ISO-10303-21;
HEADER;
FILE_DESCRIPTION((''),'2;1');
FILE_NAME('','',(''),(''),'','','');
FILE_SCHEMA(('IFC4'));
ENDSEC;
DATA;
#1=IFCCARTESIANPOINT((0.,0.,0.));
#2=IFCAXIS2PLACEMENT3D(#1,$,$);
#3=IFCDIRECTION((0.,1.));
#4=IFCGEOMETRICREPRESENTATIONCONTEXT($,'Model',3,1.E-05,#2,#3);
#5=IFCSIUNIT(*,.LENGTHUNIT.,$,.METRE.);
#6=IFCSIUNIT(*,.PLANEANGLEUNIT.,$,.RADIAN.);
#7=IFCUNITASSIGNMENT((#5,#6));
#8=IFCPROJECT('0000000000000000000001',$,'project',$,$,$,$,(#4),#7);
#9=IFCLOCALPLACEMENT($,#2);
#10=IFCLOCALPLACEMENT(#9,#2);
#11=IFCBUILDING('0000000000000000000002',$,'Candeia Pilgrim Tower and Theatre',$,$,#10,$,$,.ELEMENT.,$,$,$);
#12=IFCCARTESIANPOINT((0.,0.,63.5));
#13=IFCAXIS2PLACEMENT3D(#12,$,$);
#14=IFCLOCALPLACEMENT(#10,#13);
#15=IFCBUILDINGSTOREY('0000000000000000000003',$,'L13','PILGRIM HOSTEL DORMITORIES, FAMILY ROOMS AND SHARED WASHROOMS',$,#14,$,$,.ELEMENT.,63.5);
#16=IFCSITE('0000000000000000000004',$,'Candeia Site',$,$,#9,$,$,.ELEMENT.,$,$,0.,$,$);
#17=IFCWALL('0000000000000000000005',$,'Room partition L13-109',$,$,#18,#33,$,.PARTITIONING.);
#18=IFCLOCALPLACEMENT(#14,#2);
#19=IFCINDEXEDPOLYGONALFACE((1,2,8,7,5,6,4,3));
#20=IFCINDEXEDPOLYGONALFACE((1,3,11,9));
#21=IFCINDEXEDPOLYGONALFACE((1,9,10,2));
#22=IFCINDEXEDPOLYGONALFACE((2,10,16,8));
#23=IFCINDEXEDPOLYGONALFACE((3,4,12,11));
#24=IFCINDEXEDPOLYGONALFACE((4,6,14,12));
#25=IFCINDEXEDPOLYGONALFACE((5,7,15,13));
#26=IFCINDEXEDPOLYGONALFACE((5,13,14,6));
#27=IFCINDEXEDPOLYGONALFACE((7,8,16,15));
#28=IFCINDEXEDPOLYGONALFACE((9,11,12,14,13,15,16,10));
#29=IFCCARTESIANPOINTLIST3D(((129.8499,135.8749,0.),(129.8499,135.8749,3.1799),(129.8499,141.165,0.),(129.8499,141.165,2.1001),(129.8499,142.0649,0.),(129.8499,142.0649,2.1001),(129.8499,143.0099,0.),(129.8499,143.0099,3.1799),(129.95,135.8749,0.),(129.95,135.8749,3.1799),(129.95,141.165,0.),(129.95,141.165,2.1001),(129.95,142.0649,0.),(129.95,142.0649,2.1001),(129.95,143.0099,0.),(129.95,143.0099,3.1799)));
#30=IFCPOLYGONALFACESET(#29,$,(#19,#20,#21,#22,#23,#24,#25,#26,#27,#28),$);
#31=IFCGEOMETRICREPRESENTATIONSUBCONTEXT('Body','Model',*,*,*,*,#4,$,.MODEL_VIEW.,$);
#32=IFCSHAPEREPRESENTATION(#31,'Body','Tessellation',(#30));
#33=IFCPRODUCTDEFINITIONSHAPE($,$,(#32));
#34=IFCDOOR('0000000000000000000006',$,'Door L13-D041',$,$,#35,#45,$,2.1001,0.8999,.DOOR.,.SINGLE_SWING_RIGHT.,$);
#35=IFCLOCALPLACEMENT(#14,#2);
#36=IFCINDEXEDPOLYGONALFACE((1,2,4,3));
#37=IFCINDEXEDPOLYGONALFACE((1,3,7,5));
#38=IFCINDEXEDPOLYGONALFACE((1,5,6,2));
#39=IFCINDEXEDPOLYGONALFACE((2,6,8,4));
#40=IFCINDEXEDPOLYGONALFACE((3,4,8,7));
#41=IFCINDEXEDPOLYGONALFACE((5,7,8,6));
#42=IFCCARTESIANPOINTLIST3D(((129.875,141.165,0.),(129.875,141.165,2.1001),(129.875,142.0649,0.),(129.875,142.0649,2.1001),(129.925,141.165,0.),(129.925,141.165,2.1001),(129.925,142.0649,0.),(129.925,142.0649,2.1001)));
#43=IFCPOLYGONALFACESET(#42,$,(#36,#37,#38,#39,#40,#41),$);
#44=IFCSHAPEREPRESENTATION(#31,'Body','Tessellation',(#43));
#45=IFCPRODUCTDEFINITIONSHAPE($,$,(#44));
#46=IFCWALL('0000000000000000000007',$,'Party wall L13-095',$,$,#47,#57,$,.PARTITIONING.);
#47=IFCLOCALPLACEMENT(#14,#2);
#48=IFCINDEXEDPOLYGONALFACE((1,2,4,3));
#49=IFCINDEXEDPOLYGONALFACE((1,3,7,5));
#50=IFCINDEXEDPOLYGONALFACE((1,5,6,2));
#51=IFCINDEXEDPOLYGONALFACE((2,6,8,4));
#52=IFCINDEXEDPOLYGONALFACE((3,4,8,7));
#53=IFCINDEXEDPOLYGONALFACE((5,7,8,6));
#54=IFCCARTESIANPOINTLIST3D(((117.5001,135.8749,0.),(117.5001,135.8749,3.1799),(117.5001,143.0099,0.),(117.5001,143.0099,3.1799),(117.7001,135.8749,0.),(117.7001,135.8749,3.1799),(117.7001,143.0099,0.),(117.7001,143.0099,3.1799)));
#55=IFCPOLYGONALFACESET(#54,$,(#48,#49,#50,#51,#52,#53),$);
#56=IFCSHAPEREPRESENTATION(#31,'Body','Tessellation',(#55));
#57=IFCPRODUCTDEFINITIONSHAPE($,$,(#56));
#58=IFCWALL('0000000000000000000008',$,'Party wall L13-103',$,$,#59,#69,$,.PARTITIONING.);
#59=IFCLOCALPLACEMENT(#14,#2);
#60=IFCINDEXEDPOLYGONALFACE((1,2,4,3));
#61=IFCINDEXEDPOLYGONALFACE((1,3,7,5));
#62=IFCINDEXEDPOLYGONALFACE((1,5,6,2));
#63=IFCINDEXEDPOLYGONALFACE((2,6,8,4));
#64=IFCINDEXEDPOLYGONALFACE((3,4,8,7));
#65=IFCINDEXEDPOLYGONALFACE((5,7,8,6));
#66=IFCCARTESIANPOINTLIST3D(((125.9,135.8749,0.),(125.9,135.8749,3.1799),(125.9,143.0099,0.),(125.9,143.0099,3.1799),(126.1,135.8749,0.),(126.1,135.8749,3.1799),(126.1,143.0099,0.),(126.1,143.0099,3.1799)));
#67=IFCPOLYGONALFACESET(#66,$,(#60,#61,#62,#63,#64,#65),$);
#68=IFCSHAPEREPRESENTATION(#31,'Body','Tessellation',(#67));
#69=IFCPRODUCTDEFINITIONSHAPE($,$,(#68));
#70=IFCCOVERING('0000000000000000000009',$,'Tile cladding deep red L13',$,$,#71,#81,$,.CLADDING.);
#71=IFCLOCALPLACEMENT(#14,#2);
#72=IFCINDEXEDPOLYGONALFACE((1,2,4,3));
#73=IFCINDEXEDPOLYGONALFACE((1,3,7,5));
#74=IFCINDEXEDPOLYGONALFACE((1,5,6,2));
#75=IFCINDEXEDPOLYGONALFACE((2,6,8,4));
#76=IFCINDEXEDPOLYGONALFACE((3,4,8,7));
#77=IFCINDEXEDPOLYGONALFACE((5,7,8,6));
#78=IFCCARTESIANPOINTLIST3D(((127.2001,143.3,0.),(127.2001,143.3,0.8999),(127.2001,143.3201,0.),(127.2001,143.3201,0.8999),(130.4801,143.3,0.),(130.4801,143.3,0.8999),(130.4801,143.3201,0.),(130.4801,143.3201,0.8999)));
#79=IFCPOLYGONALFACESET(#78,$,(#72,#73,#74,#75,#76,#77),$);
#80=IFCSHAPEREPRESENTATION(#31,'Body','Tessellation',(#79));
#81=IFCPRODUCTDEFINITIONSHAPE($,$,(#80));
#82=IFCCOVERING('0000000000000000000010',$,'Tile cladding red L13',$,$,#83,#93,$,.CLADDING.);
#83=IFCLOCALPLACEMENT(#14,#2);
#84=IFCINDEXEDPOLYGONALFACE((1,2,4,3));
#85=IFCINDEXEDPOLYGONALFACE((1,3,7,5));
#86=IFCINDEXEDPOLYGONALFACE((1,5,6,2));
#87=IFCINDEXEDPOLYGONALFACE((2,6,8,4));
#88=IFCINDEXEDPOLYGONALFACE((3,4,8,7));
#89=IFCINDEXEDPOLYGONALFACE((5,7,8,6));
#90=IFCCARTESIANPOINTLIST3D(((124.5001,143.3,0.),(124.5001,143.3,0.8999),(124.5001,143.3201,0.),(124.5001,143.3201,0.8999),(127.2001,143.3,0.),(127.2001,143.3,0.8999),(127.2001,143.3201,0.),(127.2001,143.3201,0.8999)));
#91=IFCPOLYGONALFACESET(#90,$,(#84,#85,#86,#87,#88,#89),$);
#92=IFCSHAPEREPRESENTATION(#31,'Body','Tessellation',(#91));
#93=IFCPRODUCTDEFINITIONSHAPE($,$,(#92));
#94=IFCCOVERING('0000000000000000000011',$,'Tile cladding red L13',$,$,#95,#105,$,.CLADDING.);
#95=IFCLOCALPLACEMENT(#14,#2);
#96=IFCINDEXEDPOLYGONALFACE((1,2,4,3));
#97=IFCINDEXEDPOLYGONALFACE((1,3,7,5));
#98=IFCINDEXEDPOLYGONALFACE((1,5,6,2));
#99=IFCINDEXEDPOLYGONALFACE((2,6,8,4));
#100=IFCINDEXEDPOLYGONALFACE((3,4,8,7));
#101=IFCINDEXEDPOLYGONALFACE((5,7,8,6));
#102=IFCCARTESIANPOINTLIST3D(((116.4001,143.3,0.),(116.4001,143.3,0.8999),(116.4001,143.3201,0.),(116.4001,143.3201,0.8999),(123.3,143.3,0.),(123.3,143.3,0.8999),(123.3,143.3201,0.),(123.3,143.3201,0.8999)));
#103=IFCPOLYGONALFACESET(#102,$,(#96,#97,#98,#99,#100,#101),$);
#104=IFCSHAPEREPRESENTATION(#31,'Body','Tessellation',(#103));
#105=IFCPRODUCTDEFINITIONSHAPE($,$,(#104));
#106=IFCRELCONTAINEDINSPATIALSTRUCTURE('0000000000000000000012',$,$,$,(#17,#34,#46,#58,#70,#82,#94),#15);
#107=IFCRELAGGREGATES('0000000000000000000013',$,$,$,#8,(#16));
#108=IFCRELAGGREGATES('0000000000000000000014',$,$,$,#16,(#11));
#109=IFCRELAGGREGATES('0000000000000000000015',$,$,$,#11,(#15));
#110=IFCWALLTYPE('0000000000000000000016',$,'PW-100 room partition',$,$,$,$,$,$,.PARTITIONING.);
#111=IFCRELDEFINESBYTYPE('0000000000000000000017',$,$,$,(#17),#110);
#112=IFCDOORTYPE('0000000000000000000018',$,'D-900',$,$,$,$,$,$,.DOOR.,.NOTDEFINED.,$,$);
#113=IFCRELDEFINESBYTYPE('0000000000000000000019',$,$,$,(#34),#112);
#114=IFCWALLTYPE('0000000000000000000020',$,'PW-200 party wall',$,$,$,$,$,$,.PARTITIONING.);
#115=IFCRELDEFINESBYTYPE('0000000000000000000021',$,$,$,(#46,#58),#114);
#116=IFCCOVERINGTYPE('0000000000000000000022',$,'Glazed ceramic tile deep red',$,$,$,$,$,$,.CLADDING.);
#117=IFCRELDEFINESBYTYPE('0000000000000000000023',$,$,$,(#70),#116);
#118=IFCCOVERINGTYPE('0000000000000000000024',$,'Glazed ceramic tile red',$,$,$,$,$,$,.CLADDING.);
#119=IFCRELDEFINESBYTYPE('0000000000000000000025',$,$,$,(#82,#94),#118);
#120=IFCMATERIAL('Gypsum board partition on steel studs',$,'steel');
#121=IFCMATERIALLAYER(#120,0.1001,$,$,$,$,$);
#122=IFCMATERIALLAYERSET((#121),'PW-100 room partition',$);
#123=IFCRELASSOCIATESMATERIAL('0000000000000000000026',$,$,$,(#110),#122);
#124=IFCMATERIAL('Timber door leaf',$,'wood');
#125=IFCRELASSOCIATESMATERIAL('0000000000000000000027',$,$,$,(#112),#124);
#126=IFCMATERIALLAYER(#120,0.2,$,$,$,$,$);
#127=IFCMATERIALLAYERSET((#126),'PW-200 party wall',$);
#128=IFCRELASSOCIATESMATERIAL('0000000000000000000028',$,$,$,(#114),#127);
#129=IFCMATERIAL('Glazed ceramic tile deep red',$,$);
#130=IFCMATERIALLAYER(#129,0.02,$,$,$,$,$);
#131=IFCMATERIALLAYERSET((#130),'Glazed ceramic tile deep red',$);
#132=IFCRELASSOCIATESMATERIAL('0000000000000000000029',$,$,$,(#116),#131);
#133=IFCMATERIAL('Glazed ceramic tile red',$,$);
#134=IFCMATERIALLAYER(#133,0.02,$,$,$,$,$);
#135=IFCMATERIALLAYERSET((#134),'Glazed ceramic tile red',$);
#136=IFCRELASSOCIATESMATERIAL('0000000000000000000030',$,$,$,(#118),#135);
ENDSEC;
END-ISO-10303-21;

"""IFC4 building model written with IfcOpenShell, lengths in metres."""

from ifc_helpers import new_model, si_unit, direction, frame, frame_2d, origin, origin_2d, place, context, subcontext, project, spatial, rectangle, extrude, material, layer, layer_set, type_object, element, fill, save


model = new_model("IFC4")

# Units and contexts
model_context = context("Model", 3, precision=1e-05, world=origin(), true_north=direction((0.0, 1.0)))
body_context = subcontext(model_context, "Body", "Model", "MODEL_VIEW")
ifc_project = project(units=[si_unit("LENGTHUNIT", "METRE"), si_unit("PLANEANGLEUNIT", "RADIAN")], contexts=[model_context])

# Site, building, storey
site_placement = place(None, origin())
site = spatial("IfcSite", under=ifc_project, at=site_placement, Name="Candeia Site", CompositionType="ELEMENT", RefElevation=0.0)
building_placement = place(site_placement, origin())
building = spatial("IfcBuilding", under=site, at=building_placement, Name="Candeia Pilgrim Tower and Theatre", CompositionType="ELEMENT")
storey_placement = place(building_placement, frame((0.0, 0.0, 63.5)))
storey = spatial("IfcBuildingStorey", under=building, at=storey_placement, Name="L13", Description="PILGRIM HOSTEL DORMITORIES, FAMILY ROOMS AND SHARED WASHROOMS", CompositionType="ELEMENT", Elevation=63.5)

# Shared definitions
ifc_material_1 = material(Name="Gypsum board partition on steel studs", Category="steel")
ifc_layer_1 = layer(ifc_material_1, 0.1001)
ifc_layer_set_1 = layer_set([ifc_layer_1], Name="PW-100 room partition")
wall_type_1 = type_object("IfcWallType", Name="PW-100 room partition", PredefinedType="PARTITIONING", material=ifc_layer_set_1)

# Wall, opening, door
ifc_material_2 = material(Name="Timber door leaf", Category="wood")
wall_1_placement = place(storey_placement, frame((129.8999, 135.875, 0.0), z_axis=(0.0, 0.0, 1.0), x_axis=(0.0, 1.0, 0.0)))
wall_1 = element("IfcWall", 1, at=wall_1_placement, inside=storey, type_object=wall_type_1, Name="Room partition L13-109", PredefinedType="PARTITIONING", context=body_context, shape_type="SweptSolid", body=[
    extrude(rectangle(XDim=7.135, YDim=0.1001, at=frame_2d((3.5674, 0.0))), origin(), (0.0, 0.0, 1.0), 3.1799),
])
opening_1_placement = place(wall_1_placement, frame((5.29, 0.0, 0.0)))
opening_1 = element("IfcOpeningElement", 2, at=opening_1_placement, cuts=wall_1, PredefinedType="OPENING", context=body_context, shape_type="SweptSolid", body=[
    extrude(rectangle(XDim=0.8999, YDim=2.1001, at=frame_2d((0.45, 1.05))), frame((0.0, 0.0601, 0.0), z_axis=(0.0, -1.0, 0.0), x_axis=(1.0, 0.0, 0.0)), (0.0, 0.0, 1.0), 0.1201),
])
door_type_1 = type_object("IfcDoorType", Name="D-900", OperationType="NOTDEFINED", PredefinedType="DOOR", material=ifc_material_2)
door_1_placement = place(opening_1_placement, origin())
door_1 = element("IfcDoor", 3, at=door_1_placement, inside=storey, type_object=door_type_1, Name="Door L13-D041", OperationType="SINGLE_SWING_RIGHT", OverallHeight=2.1001, OverallWidth=0.8999, PredefinedType="DOOR", context=body_context, shape_type="SweptSolid", body=[
    extrude(rectangle(XDim=0.8999, YDim=2.1001, at=frame_2d((0.45, 1.05))), frame((0.0, 0.0249, 0.0), z_axis=(0.0, -1.0, 0.0), x_axis=(1.0, 0.0, 0.0)), (0.0, 0.0, 1.0), 0.05),
])
fill(opening_1, door_1)

# Walls
ifc_layer_2 = layer(ifc_material_1, 0.2)
ifc_layer_set_2 = layer_set([ifc_layer_2], Name="PW-200 party wall")
wall_type_2 = type_object("IfcWallType", Name="PW-200 party wall", PredefinedType="PARTITIONING", material=ifc_layer_set_2)
for number, where, z_axis, x_axis, name in (
    (4, (117.6001, 135.875, 0.0), (0.0, 0.0, 1.0), (0.0, 1.0, 0.0), "Party wall L13-095"),
    (5, (126.0, 135.875, 0.0), (0.0, 0.0, 1.0), (0.0, 1.0, 0.0), "Party wall L13-103"),
):
    element("IfcWall", number, at=place(storey_placement, frame(where, z_axis=z_axis, x_axis=x_axis)), inside=storey, type_object=wall_type_2, Name=name, PredefinedType="PARTITIONING", context=body_context, shape_type="SweptSolid", body=[
        extrude(rectangle(XDim=7.135, YDim=0.2, at=frame_2d((3.5674, 0.0))), origin(), (0.0, 0.0, 1.0), 3.1799),
    ])

# Coverings
ifc_material_3 = material(Name="Glazed ceramic tile deep red")
ifc_layer_3 = layer(ifc_material_3, 0.02)
ifc_layer_set_3 = layer_set([ifc_layer_3], Name="Glazed ceramic tile deep red")
covering_type_1 = type_object("IfcCoveringType", Name="Glazed ceramic tile deep red", PredefinedType="CLADDING", material=ifc_layer_set_3)
covering_1_placement = place(storey_placement, frame((128.8401, 143.3101, 0.0), z_axis=(0.0, 0.0, 1.0), x_axis=(-1.0, 0.0, 0.0)))
element("IfcCovering", 6, at=covering_1_placement, inside=storey, type_object=covering_type_1, Name="Tile cladding deep red L13", PredefinedType="CLADDING", context=body_context, shape_type="SweptSolid", body=[
    extrude(rectangle(XDim=3.28, YDim=0.02, at=origin_2d()), origin(), (0.0, 0.0, 1.0), 0.8999),
])
ifc_material_4 = material(Name="Glazed ceramic tile red")
ifc_layer_4 = layer(ifc_material_4, 0.02)
ifc_layer_set_4 = layer_set([ifc_layer_4], Name="Glazed ceramic tile red")
covering_type_2 = type_object("IfcCoveringType", Name="Glazed ceramic tile red", PredefinedType="CLADDING", material=ifc_layer_set_4)
covering_2_placement = place(storey_placement, frame((125.8501, 143.3101, 0.0), z_axis=(0.0, 0.0, 1.0), x_axis=(-1.0, 0.0, 0.0)))
element("IfcCovering", 7, at=covering_2_placement, inside=storey, type_object=covering_type_2, Name="Tile cladding red L13", PredefinedType="CLADDING", context=body_context, shape_type="SweptSolid", body=[
    extrude(rectangle(XDim=2.7, YDim=0.02, at=origin_2d()), origin(), (0.0, 0.0, 1.0), 0.8999),
])
covering_3_placement = place(storey_placement, frame((119.8501, 143.3101, 0.0), z_axis=(0.0, 0.0, 1.0), x_axis=(-1.0, 0.0, 0.0)))
element("IfcCovering", 8, at=covering_3_placement, inside=storey, type_object=covering_type_2, Name="Tile cladding red L13", PredefinedType="CLADDING", context=body_context, shape_type="SweptSolid", body=[
    extrude(rectangle(XDim=6.8999, YDim=0.02, at=origin_2d()), origin(), (0.0, 0.0, 1.0), 0.8999),
])

save(model, "model.ifc")
